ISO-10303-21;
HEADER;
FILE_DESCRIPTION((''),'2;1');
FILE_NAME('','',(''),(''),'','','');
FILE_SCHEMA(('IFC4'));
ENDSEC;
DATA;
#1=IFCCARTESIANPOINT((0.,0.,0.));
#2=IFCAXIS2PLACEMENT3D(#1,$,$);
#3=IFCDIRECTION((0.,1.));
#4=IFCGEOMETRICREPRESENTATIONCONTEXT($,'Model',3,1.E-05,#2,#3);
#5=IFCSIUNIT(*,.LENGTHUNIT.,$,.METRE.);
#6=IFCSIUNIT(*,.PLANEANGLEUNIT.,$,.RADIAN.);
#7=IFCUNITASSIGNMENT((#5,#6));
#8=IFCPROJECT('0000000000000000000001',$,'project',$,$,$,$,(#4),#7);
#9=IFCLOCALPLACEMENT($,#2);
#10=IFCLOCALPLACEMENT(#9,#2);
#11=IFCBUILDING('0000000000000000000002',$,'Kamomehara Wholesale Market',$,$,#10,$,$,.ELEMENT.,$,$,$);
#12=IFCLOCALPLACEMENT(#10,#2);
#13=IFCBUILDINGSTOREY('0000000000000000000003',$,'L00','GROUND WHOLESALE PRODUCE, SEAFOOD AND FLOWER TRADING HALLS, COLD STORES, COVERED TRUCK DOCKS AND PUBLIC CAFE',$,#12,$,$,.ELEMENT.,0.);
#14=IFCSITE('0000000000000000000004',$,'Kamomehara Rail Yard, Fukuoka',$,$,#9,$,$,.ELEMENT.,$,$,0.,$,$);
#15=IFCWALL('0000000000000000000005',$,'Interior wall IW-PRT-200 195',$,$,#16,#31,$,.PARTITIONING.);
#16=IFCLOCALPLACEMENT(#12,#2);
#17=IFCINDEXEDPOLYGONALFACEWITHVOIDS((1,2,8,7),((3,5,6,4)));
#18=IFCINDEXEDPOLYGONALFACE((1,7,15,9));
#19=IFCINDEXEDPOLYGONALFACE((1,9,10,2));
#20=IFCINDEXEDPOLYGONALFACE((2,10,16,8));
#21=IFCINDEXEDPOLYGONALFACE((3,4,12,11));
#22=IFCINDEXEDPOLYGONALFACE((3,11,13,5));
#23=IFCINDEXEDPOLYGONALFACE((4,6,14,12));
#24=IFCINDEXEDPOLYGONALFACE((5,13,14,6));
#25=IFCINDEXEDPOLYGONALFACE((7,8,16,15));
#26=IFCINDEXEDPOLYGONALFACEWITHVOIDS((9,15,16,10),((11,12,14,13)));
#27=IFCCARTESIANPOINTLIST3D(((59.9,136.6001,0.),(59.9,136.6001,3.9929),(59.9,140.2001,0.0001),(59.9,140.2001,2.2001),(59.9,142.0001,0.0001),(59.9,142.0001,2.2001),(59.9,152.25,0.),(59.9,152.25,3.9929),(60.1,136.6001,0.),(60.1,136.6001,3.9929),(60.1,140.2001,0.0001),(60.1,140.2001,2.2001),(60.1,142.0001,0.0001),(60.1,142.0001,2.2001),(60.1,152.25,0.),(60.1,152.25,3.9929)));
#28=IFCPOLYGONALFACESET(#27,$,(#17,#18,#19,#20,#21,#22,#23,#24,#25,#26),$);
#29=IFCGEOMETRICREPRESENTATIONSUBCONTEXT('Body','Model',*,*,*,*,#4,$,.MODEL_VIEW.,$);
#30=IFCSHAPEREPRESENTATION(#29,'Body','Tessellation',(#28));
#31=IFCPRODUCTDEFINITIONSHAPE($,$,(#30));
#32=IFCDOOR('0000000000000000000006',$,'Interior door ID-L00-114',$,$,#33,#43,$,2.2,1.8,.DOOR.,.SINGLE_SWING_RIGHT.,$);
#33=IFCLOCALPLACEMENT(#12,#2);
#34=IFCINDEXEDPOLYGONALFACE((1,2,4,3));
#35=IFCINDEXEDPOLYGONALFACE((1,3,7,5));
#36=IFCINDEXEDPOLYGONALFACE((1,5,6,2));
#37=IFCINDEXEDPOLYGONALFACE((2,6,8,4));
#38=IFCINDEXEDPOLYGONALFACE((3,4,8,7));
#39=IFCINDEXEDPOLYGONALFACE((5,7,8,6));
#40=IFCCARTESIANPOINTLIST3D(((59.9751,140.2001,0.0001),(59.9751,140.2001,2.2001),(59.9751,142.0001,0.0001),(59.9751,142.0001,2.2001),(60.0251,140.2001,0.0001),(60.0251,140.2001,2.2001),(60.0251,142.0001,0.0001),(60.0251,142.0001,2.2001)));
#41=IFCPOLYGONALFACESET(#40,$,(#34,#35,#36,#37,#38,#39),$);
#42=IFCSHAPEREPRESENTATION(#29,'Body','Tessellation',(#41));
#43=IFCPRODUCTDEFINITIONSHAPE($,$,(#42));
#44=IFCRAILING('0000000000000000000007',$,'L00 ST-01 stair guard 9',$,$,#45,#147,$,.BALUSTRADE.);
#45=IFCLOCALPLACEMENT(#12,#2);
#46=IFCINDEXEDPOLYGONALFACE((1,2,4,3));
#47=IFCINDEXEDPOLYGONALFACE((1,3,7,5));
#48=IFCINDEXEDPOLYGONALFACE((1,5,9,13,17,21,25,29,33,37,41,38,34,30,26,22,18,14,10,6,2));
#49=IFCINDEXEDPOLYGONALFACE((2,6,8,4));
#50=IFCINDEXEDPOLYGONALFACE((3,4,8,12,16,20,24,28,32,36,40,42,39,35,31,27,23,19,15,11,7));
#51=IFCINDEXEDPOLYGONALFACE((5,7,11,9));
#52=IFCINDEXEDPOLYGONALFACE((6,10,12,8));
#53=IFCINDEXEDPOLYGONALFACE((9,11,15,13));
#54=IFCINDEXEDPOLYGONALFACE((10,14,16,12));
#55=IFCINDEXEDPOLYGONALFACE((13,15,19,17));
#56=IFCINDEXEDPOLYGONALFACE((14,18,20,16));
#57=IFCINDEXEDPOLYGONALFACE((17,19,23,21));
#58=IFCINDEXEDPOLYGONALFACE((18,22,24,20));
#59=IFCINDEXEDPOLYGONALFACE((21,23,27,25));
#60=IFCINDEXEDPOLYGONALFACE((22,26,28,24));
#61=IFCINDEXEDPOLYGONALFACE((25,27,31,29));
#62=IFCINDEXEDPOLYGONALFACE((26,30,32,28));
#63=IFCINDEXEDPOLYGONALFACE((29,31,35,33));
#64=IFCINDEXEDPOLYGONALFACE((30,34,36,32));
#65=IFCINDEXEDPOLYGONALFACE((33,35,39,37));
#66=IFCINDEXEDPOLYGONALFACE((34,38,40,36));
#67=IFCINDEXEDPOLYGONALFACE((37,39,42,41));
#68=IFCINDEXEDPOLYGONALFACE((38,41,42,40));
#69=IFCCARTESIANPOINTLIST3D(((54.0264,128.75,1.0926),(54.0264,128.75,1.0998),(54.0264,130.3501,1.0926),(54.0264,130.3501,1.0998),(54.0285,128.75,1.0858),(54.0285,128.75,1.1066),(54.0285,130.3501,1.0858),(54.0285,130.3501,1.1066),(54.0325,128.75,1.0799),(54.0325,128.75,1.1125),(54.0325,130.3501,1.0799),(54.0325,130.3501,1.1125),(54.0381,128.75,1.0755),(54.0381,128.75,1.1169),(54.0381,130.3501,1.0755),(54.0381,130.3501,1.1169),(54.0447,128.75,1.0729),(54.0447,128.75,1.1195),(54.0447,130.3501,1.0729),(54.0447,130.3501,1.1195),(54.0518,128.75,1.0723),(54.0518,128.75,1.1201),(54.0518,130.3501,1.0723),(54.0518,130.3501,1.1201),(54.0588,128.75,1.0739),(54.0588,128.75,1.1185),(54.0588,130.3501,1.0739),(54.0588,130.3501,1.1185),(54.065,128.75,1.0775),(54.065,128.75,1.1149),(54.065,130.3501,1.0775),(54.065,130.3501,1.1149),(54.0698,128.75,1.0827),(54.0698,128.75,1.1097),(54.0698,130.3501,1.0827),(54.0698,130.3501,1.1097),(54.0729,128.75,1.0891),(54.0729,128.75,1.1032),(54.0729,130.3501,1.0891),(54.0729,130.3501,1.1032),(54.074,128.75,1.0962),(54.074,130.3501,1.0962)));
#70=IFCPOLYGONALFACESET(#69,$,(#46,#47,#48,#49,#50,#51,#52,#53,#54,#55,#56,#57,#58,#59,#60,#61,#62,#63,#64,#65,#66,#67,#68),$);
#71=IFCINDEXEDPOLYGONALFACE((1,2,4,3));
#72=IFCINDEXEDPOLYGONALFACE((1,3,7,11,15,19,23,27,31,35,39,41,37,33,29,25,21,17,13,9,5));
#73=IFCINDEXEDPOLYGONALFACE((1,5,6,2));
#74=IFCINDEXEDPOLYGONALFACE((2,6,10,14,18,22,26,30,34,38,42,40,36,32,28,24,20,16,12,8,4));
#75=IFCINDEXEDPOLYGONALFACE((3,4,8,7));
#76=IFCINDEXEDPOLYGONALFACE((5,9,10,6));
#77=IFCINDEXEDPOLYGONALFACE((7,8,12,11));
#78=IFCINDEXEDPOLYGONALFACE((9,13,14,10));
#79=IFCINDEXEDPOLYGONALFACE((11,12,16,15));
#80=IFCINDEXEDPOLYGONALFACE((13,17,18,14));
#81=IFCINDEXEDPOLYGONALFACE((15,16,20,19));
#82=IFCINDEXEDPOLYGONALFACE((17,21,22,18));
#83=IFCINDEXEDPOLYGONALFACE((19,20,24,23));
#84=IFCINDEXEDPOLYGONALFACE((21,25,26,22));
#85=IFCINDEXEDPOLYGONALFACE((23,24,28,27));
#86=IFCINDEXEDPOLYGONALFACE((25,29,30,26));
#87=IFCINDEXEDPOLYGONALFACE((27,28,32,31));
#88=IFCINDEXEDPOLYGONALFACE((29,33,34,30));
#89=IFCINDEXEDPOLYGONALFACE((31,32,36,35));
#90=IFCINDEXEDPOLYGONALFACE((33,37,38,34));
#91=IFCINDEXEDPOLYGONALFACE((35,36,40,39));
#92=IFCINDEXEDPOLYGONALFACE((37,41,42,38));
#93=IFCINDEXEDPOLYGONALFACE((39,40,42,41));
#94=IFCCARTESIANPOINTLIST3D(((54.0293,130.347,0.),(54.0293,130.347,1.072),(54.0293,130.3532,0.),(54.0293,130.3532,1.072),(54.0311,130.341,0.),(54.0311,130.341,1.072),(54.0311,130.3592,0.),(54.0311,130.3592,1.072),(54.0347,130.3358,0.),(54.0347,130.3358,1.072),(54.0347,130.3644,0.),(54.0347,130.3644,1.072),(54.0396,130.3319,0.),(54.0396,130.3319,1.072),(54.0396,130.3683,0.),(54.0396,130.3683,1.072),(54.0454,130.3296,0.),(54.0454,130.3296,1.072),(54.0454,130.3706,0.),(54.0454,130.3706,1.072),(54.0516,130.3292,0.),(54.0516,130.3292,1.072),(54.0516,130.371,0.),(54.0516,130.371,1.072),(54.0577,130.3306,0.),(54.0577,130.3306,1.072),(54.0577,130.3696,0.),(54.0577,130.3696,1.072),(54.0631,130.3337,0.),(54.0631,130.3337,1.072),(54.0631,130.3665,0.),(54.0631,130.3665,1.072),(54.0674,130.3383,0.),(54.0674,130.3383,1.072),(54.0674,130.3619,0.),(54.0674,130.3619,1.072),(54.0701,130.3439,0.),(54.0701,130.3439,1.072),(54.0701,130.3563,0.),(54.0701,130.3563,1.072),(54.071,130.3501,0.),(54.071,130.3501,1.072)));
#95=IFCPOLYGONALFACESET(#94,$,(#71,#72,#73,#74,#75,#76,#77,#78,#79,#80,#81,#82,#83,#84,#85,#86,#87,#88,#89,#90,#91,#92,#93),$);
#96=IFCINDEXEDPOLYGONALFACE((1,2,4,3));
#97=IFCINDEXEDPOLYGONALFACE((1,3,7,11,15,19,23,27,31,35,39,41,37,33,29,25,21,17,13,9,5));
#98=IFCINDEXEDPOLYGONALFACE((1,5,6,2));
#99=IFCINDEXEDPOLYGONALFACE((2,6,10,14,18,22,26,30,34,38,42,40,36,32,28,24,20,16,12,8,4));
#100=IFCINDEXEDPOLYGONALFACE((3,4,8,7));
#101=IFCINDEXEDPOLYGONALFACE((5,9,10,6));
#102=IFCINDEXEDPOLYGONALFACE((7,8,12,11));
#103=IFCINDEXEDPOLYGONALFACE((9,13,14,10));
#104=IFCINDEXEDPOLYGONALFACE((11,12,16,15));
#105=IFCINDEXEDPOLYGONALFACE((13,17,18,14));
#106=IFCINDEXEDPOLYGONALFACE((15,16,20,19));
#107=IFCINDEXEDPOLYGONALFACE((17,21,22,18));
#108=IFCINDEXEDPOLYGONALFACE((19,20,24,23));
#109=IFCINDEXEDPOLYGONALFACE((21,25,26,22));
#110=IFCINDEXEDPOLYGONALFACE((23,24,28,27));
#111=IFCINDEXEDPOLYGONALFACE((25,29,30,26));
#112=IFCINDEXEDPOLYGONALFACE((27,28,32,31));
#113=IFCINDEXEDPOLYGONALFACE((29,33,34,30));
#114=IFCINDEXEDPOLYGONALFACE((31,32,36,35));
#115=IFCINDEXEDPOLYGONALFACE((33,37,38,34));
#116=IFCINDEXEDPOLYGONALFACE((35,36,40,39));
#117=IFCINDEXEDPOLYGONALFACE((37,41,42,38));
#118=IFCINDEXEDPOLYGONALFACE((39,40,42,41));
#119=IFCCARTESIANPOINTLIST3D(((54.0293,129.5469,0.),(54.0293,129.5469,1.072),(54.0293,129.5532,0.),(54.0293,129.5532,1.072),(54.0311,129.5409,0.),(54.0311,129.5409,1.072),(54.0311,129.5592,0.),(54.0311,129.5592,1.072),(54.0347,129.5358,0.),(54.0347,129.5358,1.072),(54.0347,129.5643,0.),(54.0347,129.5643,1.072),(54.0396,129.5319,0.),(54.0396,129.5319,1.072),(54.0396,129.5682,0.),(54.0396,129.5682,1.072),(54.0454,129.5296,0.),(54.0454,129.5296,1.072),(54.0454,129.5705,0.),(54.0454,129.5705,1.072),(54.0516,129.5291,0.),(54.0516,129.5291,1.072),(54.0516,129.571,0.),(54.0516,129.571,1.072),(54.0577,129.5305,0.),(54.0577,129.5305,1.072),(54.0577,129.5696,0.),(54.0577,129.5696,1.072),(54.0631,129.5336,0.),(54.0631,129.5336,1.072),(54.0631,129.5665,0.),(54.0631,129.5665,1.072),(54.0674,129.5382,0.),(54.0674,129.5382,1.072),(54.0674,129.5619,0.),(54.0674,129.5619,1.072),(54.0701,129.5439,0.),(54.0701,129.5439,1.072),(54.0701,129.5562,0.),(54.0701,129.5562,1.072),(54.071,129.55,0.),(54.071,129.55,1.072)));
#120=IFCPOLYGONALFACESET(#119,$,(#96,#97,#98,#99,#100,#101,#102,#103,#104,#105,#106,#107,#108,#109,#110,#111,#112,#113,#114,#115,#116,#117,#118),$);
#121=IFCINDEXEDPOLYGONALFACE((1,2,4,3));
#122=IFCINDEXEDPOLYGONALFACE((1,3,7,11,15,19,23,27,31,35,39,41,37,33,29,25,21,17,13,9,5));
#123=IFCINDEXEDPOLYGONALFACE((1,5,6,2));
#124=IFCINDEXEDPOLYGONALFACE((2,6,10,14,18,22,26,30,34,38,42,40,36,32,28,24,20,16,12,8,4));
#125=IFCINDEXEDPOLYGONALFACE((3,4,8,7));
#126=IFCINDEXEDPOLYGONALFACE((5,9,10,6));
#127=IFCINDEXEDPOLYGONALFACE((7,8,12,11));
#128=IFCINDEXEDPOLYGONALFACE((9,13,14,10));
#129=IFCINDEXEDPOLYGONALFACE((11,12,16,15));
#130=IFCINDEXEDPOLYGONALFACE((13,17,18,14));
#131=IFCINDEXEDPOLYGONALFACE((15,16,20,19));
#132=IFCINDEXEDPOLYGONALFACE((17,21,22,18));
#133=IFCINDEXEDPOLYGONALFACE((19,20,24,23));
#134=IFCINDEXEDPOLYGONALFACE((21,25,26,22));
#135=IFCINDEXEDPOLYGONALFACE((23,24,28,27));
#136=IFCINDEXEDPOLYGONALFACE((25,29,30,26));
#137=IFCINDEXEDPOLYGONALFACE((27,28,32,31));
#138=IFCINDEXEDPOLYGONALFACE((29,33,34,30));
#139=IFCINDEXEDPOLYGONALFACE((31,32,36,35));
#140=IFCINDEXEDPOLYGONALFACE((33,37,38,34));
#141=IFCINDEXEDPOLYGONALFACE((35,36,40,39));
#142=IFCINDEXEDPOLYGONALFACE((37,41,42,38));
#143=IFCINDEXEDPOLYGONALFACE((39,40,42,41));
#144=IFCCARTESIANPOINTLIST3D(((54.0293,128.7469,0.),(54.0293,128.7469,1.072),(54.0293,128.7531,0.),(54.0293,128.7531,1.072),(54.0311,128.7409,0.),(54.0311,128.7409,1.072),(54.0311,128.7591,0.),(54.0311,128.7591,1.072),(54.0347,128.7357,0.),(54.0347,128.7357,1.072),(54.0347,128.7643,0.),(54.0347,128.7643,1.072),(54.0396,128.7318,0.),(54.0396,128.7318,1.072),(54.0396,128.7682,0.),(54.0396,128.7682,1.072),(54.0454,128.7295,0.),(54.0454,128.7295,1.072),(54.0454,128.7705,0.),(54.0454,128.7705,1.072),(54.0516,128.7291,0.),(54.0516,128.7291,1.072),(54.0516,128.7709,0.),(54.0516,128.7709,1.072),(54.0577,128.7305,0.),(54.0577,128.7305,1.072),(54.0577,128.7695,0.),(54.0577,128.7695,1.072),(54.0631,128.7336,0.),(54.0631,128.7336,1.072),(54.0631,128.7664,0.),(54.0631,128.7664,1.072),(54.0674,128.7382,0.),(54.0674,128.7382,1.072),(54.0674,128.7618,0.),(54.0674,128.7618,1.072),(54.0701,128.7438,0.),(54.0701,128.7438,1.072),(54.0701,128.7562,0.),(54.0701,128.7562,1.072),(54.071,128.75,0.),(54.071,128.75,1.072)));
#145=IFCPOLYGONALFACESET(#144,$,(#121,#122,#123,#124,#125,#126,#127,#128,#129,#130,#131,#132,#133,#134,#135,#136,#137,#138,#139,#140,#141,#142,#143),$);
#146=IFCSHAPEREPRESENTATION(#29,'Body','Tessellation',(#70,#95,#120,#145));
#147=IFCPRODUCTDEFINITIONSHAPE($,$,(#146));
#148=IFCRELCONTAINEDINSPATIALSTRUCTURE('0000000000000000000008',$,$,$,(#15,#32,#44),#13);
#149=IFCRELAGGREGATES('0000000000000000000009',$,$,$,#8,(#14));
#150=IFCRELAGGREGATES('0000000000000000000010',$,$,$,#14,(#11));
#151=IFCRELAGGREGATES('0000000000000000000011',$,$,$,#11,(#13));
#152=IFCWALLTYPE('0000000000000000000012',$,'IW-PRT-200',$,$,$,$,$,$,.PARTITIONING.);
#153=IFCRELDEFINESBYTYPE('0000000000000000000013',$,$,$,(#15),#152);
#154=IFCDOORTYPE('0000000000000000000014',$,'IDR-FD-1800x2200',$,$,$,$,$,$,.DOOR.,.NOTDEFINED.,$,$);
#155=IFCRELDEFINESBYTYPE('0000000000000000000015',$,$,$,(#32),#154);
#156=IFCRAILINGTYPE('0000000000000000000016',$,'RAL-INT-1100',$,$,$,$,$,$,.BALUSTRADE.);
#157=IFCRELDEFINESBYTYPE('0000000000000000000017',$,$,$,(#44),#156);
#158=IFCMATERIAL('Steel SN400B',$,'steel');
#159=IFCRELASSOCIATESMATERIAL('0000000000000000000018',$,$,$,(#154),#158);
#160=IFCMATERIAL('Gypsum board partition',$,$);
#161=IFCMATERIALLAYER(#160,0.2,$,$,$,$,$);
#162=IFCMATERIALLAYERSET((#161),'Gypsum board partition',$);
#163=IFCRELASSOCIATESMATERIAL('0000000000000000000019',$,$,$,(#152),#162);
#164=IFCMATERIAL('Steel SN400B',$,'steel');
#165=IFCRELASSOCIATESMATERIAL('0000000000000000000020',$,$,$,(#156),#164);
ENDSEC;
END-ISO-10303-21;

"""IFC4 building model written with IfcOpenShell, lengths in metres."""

from ifc_helpers import new_model, si_unit, direction, frame, frame_2d, origin, origin_2d, place, context, subcontext, project, spatial, rectangle, circle, extrude, material, layer, layer_set, type_object, element, fill, save


model = new_model("IFC4")

# Units and contexts
model_context = context("Model", 3, precision=1e-05, world=origin(), true_north=direction((0.0, 1.0)))
body_context = subcontext(model_context, "Body", "Model", "MODEL_VIEW")
ifc_project = project(units=[si_unit("LENGTHUNIT", "METRE"), si_unit("PLANEANGLEUNIT", "RADIAN")], contexts=[model_context])

# Site, building, storey
site_placement = place(None, origin())
site = spatial("IfcSite", under=ifc_project, at=site_placement, Name="Kamomehara Rail Yard, Fukuoka", CompositionType="ELEMENT", RefElevation=0.0)
building_placement = place(site_placement, origin())
building = spatial("IfcBuilding", under=site, at=building_placement, Name="Kamomehara Wholesale Market", CompositionType="ELEMENT")
storey_placement = place(building_placement, origin())
storey = spatial("IfcBuildingStorey", under=building, at=storey_placement, Name="L00", Description="GROUND WHOLESALE PRODUCE, SEAFOOD AND FLOWER TRADING HALLS, COLD STORES, COVERED TRUCK DOCKS AND PUBLIC CAFE", CompositionType="ELEMENT", Elevation=0.0)

# Shared definitions
ifc_material_1 = material(Name="Steel SN400B", Category="steel")
door_type_1 = type_object("IfcDoorType", Name="IDR-FD-1800x2200", OperationType="NOTDEFINED", PredefinedType="DOOR", material=ifc_material_1)

# Wall, opening, door
ifc_material_2 = material(Name="Gypsum board partition")
ifc_layer_1 = layer(ifc_material_2, 0.2)
ifc_layer_set_1 = layer_set([ifc_layer_1], Name="Gypsum board partition")
wall_type_1 = type_object("IfcWallType", Name="IW-PRT-200", PredefinedType="PARTITIONING", material=ifc_layer_set_1)
wall_1_placement = place(storey_placement, frame((60.0, 136.6001, 0.0), z_axis=(0.0, 0.0, 1.0), x_axis=(0.0, 1.0, 0.0)))
wall_1 = element("IfcWall", 1, at=wall_1_placement, inside=storey, type_object=wall_type_1, Name="Interior wall IW-PRT-200 195", PredefinedType="PARTITIONING", context=body_context, shape_type="SweptSolid", body=[
    extrude(rectangle(XDim=15.6499, YDim=0.2, at=frame_2d((7.825, 0.0))), origin(), (0.0, 0.0, 1.0), 3.9929),
])
opening_1_placement = place(wall_1_placement, frame((3.6001, 0.0, 0.0)))
opening_1 = element("IfcOpeningElement", 2, at=opening_1_placement, cuts=wall_1, PredefinedType="OPENING", context=body_context, shape_type="SweptSolid", body=[
    extrude(rectangle(XDim=1.8, YDim=2.2, at=frame_2d((0.8999, 1.1001))), frame((0.0, 0.1147, 0.0), z_axis=(0.0, -1.0, 0.0), x_axis=(1.0, 0.0, 0.0)), (0.0, 0.0, 1.0), 0.2297),
])
door_1_placement = place(opening_1_placement, origin())
door_1 = element("IfcDoor", 3, at=door_1_placement, inside=storey, type_object=door_type_1, Name="Interior door ID-L00-114", OperationType="SINGLE_SWING_RIGHT", OverallHeight=2.2, OverallWidth=1.8, PredefinedType="DOOR", context=body_context, shape_type="SweptSolid", body=[
    extrude(rectangle(XDim=1.8, YDim=2.2, at=frame_2d((0.8999, 1.1001))), frame((0.0, 0.0249, 0.0), z_axis=(0.0, -1.0, 0.0), x_axis=(1.0, 0.0, 0.0)), (0.0, 0.0, 1.0), 0.05),
])
fill(opening_1, door_1)

# Railing
ifc_material_3 = material(Name="Steel SN400B", Category="steel")
railing_type = type_object("IfcRailingType", Name="RAL-INT-1100", PredefinedType="BALUSTRADE", material=ifc_material_3)
railing_placement = place(storey_placement, frame((54.05, 130.3501, 0.0)))
element("IfcRailing", 4, at=railing_placement, inside=storey, type_object=railing_type, Name="L00 ST-01 stair guard 9", PredefinedType="BALUSTRADE", context=body_context, shape_type="SweptSolid", body=[
    extrude(circle(Radius=0.0239, at=origin_2d()), frame((0.0, 0.0, 1.0962), z_axis=(0.0, -1.0, 0.0), x_axis=(1.0, 0.0, 0.0)), (0.0, 0.0, 1.0), 1.6001),
    extrude(circle(Radius=0.021, at=origin_2d()), origin(), (0.0, 0.0, 1.0), 1.072),
    extrude(circle(Radius=0.021, at=origin_2d()), frame((0.0, -0.8, 0.0)), (0.0, 0.0, 1.0), 1.072),
    extrude(circle(Radius=0.021, at=origin_2d()), frame((0.0, -1.6001, 0.0)), (0.0, 0.0, 1.0), 1.072),
])

save(model, "model.ifc")
